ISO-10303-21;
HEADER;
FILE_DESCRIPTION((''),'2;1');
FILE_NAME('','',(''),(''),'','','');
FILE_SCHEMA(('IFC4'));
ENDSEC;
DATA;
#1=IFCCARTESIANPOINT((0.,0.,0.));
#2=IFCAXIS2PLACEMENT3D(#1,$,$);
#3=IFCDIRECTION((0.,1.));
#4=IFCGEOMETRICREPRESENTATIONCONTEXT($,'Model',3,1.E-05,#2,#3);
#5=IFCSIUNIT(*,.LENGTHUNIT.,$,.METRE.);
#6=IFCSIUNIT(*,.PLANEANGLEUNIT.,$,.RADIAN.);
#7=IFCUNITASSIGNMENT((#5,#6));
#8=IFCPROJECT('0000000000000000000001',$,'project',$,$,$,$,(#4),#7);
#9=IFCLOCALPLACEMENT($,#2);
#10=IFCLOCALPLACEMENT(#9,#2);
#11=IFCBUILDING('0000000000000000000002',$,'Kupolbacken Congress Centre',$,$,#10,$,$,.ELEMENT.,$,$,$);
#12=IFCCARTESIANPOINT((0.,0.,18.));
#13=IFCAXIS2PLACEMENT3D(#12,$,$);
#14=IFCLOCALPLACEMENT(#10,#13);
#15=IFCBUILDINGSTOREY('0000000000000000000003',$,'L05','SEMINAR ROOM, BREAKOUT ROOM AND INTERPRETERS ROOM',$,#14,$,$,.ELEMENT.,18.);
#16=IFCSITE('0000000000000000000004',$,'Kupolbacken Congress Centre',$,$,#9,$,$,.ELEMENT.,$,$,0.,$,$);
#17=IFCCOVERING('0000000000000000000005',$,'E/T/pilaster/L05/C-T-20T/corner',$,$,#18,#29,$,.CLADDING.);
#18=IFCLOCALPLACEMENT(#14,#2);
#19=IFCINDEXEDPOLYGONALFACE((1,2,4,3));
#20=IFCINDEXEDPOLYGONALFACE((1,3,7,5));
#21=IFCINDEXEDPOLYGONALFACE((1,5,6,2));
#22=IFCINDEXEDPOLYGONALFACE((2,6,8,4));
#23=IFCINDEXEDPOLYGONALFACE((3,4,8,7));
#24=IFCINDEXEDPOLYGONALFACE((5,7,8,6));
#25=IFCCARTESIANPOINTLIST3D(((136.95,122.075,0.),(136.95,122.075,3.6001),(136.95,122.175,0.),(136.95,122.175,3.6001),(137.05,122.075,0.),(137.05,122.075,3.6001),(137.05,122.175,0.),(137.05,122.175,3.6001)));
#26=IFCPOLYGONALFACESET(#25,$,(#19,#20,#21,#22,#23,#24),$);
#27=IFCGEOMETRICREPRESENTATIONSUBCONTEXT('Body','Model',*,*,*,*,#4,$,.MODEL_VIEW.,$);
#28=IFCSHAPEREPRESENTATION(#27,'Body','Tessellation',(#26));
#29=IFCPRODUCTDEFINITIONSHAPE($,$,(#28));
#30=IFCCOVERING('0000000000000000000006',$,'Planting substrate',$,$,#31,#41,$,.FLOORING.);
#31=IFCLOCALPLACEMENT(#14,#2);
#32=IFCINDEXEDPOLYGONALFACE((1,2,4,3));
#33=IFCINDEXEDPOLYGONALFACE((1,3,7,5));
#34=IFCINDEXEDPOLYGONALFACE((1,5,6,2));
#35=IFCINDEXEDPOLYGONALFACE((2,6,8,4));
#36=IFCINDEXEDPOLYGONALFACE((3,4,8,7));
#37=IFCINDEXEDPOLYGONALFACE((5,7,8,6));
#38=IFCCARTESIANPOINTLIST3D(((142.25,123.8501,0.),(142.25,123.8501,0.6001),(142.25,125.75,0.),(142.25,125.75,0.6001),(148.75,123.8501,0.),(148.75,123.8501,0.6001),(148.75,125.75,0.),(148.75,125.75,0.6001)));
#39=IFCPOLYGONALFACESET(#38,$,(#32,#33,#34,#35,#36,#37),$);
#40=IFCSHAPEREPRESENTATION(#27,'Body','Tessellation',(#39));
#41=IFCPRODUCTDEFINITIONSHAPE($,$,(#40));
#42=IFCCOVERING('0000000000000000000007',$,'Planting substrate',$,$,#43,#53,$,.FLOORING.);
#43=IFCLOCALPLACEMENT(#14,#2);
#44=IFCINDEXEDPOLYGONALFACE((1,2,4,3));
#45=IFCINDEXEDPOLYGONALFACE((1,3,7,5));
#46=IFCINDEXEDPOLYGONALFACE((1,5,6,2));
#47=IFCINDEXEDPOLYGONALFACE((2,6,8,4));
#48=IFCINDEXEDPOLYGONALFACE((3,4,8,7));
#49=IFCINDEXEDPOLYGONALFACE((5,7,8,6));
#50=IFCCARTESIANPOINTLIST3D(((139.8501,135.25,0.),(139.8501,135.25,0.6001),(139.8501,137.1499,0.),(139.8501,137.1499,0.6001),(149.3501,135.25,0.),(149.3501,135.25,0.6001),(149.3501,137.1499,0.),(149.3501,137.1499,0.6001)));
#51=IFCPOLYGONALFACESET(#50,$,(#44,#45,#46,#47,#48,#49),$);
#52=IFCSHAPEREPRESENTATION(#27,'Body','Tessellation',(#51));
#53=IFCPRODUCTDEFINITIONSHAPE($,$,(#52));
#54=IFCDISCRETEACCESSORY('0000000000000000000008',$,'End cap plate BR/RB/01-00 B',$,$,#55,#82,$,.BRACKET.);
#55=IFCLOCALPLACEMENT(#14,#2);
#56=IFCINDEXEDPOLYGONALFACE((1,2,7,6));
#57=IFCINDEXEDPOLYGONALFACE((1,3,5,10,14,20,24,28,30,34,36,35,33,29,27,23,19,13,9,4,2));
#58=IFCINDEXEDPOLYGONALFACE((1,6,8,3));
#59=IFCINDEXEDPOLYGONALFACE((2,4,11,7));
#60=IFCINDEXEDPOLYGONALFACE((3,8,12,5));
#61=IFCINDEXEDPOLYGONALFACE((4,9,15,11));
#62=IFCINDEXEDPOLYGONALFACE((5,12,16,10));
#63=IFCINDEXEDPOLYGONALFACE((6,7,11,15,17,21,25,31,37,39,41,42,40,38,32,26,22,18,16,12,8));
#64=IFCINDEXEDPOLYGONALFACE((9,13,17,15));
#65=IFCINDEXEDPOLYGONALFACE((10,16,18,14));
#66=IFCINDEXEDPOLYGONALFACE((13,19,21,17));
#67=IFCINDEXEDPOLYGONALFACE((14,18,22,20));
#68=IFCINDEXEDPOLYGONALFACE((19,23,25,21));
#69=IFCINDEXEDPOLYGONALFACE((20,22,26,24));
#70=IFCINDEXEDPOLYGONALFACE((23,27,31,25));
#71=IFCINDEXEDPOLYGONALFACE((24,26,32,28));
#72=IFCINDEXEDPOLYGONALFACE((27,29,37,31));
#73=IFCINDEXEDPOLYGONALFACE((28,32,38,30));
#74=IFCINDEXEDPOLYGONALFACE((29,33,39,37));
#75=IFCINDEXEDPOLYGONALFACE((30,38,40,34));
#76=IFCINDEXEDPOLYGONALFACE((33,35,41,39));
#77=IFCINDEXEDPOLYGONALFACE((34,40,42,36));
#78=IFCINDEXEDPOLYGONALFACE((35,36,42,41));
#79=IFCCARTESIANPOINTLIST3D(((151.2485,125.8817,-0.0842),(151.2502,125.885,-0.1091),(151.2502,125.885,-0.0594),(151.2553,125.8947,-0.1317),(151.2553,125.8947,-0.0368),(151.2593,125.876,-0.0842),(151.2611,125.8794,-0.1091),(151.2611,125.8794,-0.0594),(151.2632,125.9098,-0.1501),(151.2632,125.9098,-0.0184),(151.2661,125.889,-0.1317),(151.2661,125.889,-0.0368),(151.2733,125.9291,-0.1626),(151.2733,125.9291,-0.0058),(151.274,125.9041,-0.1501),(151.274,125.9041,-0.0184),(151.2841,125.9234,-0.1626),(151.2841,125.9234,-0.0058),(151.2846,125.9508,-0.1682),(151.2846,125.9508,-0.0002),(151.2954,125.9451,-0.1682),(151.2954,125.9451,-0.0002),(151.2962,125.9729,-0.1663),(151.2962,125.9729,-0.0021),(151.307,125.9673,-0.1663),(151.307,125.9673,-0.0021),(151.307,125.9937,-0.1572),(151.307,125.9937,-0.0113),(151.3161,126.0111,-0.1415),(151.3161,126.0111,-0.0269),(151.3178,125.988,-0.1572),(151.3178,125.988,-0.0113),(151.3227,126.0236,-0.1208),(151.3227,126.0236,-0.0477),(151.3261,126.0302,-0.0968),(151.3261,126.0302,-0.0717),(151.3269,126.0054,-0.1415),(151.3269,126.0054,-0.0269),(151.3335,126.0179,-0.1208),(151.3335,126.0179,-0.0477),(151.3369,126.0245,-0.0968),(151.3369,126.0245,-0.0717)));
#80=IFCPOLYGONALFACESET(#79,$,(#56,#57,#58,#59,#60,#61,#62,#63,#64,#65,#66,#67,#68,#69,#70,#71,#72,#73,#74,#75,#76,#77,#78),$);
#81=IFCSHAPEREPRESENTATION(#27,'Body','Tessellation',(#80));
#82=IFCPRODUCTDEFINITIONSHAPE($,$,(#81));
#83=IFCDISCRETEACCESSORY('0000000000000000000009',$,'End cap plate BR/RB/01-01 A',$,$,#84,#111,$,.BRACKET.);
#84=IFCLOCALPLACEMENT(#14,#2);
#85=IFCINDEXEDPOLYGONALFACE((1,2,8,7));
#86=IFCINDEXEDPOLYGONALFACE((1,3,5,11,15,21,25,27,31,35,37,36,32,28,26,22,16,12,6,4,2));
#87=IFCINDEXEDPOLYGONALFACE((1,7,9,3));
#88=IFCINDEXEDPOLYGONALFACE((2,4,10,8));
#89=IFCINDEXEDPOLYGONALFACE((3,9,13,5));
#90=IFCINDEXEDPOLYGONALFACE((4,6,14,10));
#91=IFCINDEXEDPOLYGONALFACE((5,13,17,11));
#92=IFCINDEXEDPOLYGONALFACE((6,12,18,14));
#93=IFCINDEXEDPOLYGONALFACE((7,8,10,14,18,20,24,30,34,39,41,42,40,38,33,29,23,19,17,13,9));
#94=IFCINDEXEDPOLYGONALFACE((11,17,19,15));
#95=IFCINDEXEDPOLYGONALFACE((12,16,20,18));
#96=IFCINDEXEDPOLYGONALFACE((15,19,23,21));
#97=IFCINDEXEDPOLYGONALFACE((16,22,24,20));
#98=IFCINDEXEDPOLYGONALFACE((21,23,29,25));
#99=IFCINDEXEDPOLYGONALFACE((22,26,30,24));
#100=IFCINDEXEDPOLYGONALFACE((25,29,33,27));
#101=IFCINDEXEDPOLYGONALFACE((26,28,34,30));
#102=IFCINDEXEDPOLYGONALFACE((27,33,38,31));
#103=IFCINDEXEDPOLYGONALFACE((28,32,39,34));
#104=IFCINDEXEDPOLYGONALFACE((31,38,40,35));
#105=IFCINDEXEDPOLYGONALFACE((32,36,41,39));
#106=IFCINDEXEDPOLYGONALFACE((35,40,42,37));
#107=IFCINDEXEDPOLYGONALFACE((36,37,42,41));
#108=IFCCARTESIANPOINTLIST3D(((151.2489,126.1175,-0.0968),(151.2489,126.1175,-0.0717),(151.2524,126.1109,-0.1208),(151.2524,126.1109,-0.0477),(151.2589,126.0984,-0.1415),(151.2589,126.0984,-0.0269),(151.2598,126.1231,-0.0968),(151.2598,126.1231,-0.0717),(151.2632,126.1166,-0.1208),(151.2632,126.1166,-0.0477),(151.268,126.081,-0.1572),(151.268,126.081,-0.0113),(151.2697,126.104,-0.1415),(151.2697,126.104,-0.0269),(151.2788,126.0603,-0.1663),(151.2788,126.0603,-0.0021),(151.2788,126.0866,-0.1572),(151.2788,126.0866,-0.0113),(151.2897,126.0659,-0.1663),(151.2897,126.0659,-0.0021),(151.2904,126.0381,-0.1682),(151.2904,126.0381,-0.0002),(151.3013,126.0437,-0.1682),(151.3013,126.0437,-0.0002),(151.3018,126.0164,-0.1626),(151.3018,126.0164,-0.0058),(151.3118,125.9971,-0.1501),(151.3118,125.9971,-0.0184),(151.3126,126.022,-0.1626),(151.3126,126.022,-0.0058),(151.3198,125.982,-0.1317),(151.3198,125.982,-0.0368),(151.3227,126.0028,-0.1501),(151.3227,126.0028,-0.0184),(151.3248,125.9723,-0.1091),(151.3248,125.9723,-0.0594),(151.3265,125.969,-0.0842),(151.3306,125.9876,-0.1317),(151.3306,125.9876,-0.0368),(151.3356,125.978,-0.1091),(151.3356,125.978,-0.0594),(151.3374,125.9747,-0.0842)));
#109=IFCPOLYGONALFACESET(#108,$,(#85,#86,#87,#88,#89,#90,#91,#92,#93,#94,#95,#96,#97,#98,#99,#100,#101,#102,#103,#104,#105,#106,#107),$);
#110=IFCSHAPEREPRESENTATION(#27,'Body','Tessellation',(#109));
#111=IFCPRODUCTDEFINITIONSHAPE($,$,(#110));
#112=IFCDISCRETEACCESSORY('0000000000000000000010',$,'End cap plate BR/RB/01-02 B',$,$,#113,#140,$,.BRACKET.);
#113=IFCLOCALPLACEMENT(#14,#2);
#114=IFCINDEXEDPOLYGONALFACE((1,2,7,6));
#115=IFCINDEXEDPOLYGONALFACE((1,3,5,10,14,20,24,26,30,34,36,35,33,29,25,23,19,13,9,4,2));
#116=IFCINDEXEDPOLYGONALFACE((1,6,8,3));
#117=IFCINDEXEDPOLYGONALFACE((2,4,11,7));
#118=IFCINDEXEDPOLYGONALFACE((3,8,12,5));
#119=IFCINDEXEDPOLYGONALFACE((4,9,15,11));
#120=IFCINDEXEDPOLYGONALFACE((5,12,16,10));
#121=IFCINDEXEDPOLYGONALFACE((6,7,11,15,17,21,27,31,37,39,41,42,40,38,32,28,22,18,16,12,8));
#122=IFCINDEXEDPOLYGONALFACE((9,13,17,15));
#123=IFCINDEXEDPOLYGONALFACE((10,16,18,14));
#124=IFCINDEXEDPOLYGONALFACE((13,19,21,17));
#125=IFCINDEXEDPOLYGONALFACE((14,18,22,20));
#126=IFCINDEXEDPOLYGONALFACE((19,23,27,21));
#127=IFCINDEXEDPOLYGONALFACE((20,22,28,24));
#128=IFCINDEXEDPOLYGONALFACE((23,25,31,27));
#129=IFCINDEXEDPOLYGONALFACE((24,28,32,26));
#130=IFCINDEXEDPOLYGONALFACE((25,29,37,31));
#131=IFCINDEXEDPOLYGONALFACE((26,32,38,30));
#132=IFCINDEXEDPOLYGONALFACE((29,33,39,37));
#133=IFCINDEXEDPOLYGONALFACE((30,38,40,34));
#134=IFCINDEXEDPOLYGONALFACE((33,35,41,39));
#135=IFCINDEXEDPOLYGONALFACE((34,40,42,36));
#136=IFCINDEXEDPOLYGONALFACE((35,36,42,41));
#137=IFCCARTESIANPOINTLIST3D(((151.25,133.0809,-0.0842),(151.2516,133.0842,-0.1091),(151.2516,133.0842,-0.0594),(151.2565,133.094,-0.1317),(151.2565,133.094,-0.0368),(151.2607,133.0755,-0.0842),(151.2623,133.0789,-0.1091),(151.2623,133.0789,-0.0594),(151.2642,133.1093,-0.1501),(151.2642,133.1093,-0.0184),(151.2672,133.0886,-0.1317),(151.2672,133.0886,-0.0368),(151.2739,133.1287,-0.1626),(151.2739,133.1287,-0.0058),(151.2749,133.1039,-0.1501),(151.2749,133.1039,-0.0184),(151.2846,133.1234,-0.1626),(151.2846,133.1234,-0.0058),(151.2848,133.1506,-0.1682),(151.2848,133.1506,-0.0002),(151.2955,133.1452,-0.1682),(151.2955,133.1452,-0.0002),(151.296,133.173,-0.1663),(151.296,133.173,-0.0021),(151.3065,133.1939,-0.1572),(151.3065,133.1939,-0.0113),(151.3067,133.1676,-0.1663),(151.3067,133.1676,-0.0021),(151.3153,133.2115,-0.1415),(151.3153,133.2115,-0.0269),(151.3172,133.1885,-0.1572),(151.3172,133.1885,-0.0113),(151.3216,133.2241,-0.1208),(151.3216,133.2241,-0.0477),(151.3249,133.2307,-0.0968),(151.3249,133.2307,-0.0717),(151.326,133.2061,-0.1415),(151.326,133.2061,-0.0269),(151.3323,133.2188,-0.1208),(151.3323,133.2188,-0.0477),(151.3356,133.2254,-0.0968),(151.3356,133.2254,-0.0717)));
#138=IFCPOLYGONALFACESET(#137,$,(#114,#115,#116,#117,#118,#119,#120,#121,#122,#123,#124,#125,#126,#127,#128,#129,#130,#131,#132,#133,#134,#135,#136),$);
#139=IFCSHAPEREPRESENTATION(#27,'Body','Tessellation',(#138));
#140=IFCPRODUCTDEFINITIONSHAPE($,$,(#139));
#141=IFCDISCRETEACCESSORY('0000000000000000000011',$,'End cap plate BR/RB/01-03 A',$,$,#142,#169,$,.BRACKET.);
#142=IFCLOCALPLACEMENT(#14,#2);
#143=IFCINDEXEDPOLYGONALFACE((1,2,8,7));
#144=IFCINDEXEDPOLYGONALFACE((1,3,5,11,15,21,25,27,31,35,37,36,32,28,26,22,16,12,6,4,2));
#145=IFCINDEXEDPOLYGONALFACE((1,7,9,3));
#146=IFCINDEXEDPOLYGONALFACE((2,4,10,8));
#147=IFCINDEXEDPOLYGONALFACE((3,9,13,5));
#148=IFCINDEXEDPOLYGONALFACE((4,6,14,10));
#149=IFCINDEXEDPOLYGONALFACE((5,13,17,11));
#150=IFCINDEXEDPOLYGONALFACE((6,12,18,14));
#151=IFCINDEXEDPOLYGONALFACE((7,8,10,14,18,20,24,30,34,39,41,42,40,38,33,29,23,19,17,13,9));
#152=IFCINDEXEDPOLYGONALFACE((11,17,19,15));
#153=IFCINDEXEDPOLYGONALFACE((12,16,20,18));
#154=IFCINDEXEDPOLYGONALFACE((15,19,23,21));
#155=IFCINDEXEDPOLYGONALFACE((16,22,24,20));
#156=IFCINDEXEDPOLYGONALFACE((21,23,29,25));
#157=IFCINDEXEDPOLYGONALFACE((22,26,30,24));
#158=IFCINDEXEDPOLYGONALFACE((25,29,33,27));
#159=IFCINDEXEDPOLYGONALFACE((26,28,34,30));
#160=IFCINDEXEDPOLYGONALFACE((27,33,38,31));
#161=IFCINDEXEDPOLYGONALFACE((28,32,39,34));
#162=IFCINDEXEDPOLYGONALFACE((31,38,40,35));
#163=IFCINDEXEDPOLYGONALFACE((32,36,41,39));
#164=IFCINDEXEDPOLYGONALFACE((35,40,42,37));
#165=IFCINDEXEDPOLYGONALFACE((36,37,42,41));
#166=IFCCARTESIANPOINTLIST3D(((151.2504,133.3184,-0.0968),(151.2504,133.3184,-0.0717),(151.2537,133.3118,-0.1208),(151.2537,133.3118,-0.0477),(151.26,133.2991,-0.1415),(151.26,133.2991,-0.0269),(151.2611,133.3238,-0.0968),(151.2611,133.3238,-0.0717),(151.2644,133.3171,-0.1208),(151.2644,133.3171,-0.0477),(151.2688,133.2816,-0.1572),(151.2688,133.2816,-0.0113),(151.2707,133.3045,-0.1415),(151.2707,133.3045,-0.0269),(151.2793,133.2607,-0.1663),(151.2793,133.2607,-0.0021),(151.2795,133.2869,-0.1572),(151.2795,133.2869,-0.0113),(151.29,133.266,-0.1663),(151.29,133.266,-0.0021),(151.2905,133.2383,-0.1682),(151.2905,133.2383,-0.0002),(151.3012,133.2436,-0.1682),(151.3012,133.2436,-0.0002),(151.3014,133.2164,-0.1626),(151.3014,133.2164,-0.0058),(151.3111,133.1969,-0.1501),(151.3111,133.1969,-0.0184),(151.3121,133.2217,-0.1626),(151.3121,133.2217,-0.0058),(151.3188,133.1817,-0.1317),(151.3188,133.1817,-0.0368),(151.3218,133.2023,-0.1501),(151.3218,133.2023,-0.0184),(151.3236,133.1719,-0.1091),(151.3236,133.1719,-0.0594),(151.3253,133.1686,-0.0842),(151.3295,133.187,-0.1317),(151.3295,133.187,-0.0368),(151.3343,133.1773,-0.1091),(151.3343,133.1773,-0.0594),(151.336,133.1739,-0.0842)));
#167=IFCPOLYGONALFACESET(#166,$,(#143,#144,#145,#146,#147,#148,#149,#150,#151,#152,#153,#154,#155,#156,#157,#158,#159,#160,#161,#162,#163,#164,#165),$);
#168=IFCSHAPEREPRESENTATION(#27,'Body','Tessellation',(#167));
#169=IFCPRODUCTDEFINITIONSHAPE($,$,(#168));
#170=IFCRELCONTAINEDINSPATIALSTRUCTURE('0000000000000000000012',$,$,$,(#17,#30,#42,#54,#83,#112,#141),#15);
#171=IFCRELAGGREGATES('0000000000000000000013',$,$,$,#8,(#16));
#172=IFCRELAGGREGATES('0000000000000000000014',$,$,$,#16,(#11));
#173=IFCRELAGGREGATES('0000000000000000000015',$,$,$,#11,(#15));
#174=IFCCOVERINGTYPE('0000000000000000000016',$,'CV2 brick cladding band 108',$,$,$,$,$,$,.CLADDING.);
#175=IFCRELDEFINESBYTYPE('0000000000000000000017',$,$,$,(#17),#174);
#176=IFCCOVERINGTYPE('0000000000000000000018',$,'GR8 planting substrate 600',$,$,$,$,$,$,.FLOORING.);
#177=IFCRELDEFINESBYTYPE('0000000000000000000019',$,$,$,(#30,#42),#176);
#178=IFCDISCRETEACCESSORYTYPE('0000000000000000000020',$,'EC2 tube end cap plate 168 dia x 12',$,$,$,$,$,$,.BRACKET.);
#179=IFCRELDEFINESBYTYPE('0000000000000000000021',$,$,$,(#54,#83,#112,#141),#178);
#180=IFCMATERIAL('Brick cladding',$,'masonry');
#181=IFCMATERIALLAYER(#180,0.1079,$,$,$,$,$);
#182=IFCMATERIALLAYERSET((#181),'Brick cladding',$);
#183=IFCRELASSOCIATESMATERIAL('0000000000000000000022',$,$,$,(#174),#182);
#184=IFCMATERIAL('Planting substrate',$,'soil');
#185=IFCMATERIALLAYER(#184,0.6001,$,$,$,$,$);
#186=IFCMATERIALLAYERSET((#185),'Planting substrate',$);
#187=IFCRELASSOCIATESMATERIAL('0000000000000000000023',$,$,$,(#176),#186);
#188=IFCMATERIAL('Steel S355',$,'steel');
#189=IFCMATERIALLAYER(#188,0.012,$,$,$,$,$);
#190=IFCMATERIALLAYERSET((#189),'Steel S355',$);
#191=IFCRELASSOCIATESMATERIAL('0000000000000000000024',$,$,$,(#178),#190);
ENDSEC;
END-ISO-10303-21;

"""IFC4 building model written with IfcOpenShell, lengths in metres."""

from ifc_helpers import new_model, si_unit, direction, frame, origin, origin_2d, place, context, subcontext, project, spatial, rectangle, circle, extrude, material, layer, layer_set, type_object, element, save


model = new_model("IFC4")

# Units and contexts
model_context = context("Model", 3, precision=1e-05, world=origin(), true_north=direction((0.0, 1.0)))
body_context = subcontext(model_context, "Body", "Model", "MODEL_VIEW")
ifc_project = project(units=[si_unit("LENGTHUNIT", "METRE"), si_unit("PLANEANGLEUNIT", "RADIAN")], contexts=[model_context])

# Site, building, storey
site_placement = place(None, origin())
site = spatial("IfcSite", under=ifc_project, at=site_placement, Name="Kupolbacken Congress Centre", CompositionType="ELEMENT", RefElevation=0.0)
building_placement = place(site_placement, origin())
building = spatial("IfcBuilding", under=site, at=building_placement, Name="Kupolbacken Congress Centre", CompositionType="ELEMENT")
storey_placement = place(building_placement, frame((0.0, 0.0, 18.0)))
storey = spatial("IfcBuildingStorey", under=building, at=storey_placement, Name="L05", Description="SEMINAR ROOM, BREAKOUT ROOM AND INTERPRETERS ROOM", CompositionType="ELEMENT", Elevation=18.0)

# Coverings
ifc_material_1 = material(Name="Brick cladding", Category="masonry")
ifc_layer_1 = layer(ifc_material_1, 0.1079)
ifc_layer_set_1 = layer_set([ifc_layer_1], Name="Brick cladding")
covering_type_1 = type_object("IfcCoveringType", Name="CV2 brick cladding band 108", PredefinedType="CLADDING", material=ifc_layer_set_1)
covering_1_placement = place(storey_placement, frame((137.0, 122.125, 0.0), z_axis=(0.0, 0.0, 1.0), x_axis=(1.0, 0.0, 0.0)))
element("IfcCovering", 1, at=covering_1_placement, inside=storey, type_object=covering_type_1, Name="E/T/pilaster/L05/C-T-20T/corner", PredefinedType="CLADDING", context=body_context, shape_type="SweptSolid", body=[
    extrude(rectangle(XDim=0.1001, YDim=0.1001, at=origin_2d()), origin(), (0.0, 0.0, 1.0), 3.6001),
])
ifc_material_2 = material(Name="Planting substrate", Category="soil")
ifc_layer_2 = layer(ifc_material_2, 0.6001)
ifc_layer_set_2 = layer_set([ifc_layer_2], Name="Planting substrate")
covering_type_2 = type_object("IfcCoveringType", Name="GR8 planting substrate 600", PredefinedType="FLOORING", material=ifc_layer_set_2)
covering_2_placement = place(storey_placement, frame((145.5, 124.8, 0.0), z_axis=(0.0, 0.0, 1.0), x_axis=(1.0, 0.0, 0.0)))
element("IfcCovering", 2, at=covering_2_placement, inside=storey, type_object=covering_type_2, Name="Planting substrate", PredefinedType="FLOORING", context=body_context, shape_type="SweptSolid", body=[
    extrude(rectangle(XDim=6.5, YDim=1.8999, at=origin_2d()), origin(), (0.0, 0.0, 1.0), 0.6001),
])
covering_3_placement = place(storey_placement, frame((144.6001, 136.2, 0.0), z_axis=(0.0, 0.0, 1.0), x_axis=(1.0, 0.0, 0.0)))
element("IfcCovering", 3, at=covering_3_placement, inside=storey, type_object=covering_type_2, Name="Planting substrate", PredefinedType="FLOORING", context=body_context, shape_type="SweptSolid", body=[
    extrude(rectangle(XDim=9.5, YDim=1.8999, at=origin_2d()), origin(), (0.0, 0.0, 1.0), 0.6001),
])

# Discrete accessories
ifc_material_3 = material(Name="Steel S355", Category="steel")
ifc_layer_3 = layer(ifc_material_3, 0.012)
ifc_layer_set_3 = layer_set([ifc_layer_3], Name="Steel S355")
discrete_accessory_type = type_object("IfcDiscreteAccessoryType", Name="EC2 tube end cap plate 168 dia x 12", PredefinedType="BRACKET", material=ifc_layer_set_3)
for number, where, z_axis, x_axis, name in (
    (4, (151.2983, 125.9507, -0.0842), (-0.886225, 0.463254, 0.0), (-0.463254, -0.886225, 0.0), "End cap plate BR/RB/01-00 B"),
    (5, (151.2983, 126.0493, -0.0842), (-0.886225, -0.463254, 0.0), (0.463254, -0.886225, 0.0), "End cap plate BR/RB/01-01 A"),
):
    element("IfcDiscreteAccessory", number, at=place(storey_placement, frame(where, z_axis=z_axis, x_axis=x_axis)), inside=storey, type_object=discrete_accessory_type, Name=name, PredefinedType="BRACKET", context=body_context, shape_type="SweptSolid", body=[
        extrude(circle(Radius=0.0842, at=origin_2d()), origin(), (0.0, 0.0, 1.0), 0.0122),
    ])
for number, where, z_axis, x_axis, name in (
    (6, (151.2983, 133.1509, -0.0842), (-0.894427, 0.447214, 0.0), (-0.447214, -0.894427, 0.0), "End cap plate BR/RB/01-02 B"),
    (7, (151.2983, 133.2493, -0.0842), (-0.894427, -0.447214, 0.0), (0.447214, -0.894427, 0.0), "End cap plate BR/RB/01-03 A"),
):
    element("IfcDiscreteAccessory", number, at=place(storey_placement, frame(where, z_axis=z_axis, x_axis=x_axis)), inside=storey, type_object=discrete_accessory_type, Name=name, PredefinedType="BRACKET", context=body_context, shape_type="SweptSolid", body=[
        extrude(circle(Radius=0.0842, at=origin_2d()), origin(), (0.0, 0.0, 1.0), 0.012),
    ])

save(model, "model.ifc")
